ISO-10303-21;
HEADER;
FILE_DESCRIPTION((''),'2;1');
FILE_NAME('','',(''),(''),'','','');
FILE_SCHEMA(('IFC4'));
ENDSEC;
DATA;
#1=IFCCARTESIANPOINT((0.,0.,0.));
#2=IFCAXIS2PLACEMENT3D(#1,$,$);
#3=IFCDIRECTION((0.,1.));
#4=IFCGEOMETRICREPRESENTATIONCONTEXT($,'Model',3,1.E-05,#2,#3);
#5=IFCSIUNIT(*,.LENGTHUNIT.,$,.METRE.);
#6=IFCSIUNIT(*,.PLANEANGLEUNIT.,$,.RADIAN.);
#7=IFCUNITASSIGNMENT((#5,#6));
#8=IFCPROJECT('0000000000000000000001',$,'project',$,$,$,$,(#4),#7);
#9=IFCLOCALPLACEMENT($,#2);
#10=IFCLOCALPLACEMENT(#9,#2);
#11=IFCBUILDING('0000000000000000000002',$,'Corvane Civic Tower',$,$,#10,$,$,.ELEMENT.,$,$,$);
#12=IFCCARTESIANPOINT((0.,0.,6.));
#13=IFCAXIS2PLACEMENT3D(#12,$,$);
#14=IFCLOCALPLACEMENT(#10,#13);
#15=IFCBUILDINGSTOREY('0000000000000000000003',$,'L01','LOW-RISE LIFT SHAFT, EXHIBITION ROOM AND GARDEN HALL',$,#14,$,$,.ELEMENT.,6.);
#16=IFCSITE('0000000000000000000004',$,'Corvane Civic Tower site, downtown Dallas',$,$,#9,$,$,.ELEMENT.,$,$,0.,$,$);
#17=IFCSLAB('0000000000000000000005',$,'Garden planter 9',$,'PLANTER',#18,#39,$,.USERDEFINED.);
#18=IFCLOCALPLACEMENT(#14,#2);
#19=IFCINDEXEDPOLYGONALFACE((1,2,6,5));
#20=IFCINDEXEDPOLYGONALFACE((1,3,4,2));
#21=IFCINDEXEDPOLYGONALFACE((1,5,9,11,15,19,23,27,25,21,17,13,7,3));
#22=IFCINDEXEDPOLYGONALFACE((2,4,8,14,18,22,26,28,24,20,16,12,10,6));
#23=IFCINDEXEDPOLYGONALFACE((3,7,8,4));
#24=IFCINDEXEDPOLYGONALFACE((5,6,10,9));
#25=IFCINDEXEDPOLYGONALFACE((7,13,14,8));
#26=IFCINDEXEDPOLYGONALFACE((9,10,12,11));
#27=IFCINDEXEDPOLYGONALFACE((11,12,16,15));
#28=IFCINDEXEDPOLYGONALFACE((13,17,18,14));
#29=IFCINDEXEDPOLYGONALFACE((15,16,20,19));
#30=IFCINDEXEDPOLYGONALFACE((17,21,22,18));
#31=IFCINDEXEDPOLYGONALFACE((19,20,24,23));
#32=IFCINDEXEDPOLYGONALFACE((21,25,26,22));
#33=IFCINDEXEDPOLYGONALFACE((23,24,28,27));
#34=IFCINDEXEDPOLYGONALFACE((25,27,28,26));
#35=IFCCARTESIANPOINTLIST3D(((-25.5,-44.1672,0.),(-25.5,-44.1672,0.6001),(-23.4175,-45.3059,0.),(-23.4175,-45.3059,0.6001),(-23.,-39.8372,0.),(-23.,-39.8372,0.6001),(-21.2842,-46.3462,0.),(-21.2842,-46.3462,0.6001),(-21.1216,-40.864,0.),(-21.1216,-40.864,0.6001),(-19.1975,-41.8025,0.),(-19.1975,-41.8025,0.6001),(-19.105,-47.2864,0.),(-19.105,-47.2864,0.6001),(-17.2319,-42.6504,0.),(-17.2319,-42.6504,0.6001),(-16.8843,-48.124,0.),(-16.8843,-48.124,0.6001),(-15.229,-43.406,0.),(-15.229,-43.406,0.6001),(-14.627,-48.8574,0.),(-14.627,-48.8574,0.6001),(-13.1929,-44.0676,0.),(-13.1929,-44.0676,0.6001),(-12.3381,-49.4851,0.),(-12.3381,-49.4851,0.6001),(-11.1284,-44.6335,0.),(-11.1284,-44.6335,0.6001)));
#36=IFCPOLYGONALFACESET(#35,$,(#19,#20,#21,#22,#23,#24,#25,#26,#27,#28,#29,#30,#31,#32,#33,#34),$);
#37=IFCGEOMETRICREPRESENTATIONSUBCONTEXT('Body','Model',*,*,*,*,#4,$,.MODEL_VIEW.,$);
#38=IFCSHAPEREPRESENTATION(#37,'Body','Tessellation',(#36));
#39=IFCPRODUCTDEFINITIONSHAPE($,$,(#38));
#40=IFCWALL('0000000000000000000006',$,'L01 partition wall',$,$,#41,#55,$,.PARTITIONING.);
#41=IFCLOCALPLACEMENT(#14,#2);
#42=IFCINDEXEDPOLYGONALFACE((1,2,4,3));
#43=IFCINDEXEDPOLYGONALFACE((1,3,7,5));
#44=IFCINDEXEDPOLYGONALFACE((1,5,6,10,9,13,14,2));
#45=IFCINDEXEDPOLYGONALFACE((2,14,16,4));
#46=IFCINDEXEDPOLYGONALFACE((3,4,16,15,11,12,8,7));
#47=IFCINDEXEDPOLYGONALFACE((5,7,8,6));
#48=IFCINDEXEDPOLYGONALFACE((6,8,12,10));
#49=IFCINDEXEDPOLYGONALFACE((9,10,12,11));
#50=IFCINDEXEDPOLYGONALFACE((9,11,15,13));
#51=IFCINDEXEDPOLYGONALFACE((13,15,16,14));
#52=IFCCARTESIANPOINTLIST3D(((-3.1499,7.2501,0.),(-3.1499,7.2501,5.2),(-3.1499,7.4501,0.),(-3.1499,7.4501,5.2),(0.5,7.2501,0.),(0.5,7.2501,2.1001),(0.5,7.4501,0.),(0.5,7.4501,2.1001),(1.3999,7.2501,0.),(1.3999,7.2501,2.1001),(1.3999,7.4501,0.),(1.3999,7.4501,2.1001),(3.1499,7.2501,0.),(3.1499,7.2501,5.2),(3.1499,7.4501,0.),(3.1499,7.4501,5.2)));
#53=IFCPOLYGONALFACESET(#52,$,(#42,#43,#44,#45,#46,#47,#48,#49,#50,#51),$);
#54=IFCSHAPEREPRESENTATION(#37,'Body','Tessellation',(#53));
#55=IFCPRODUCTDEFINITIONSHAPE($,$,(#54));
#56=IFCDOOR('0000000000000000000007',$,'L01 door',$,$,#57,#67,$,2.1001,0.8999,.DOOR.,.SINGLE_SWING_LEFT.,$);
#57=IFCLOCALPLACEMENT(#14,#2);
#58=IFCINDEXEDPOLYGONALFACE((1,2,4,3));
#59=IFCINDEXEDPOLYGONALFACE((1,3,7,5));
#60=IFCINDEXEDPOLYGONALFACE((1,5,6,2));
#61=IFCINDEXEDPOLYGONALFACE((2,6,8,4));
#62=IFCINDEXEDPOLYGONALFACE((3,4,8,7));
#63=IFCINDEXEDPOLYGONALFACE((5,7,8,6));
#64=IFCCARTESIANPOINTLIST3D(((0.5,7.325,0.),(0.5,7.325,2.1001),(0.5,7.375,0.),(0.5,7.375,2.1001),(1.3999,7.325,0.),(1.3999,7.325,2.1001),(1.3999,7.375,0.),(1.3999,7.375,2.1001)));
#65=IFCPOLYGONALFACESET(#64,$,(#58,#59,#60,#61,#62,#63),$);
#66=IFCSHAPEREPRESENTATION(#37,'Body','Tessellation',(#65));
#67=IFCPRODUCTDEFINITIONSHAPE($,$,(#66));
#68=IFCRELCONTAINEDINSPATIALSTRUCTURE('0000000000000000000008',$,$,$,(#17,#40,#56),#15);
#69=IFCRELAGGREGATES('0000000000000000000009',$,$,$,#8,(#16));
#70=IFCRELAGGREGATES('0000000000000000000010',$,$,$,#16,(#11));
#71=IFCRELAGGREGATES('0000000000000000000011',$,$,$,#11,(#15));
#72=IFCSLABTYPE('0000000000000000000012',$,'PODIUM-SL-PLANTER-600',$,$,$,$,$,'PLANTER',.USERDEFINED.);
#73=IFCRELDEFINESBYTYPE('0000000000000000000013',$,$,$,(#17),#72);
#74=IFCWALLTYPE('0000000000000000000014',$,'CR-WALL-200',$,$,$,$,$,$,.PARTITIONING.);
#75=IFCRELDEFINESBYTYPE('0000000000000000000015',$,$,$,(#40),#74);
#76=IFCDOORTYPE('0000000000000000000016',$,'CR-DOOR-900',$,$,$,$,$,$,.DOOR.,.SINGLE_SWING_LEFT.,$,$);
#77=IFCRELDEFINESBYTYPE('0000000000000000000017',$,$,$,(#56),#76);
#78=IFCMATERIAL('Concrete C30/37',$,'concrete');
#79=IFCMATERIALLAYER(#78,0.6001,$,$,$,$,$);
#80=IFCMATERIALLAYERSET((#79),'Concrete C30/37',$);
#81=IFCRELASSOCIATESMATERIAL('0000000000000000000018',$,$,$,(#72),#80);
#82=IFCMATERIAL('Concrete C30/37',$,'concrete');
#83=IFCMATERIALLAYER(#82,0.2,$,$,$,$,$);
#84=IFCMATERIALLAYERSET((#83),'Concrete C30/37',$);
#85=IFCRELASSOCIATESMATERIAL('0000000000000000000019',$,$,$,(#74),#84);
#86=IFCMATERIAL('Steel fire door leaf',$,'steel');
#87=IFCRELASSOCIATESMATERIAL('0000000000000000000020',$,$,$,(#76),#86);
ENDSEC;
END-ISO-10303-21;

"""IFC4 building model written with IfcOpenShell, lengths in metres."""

from ifc_helpers import new_model, si_unit, direction, frame, frame_2d, origin, place, context, subcontext, project, spatial, polyline, rectangle, outline, extrude, material, layer, layer_set, type_object, element, fill, save


model = new_model("IFC4")

# Units and contexts
model_context = context("Model", 3, precision=1e-05, world=origin(), true_north=direction((0.0, 1.0)))
body_context = subcontext(model_context, "Body", "Model", "MODEL_VIEW")
ifc_project = project(units=[si_unit("LENGTHUNIT", "METRE"), si_unit("PLANEANGLEUNIT", "RADIAN")], contexts=[model_context])

# Site, building, storey
site_placement = place(None, origin())
site = spatial("IfcSite", under=ifc_project, at=site_placement, Name="Corvane Civic Tower site, downtown Dallas", CompositionType="ELEMENT", RefElevation=0.0)
building_placement = place(site_placement, origin())
building = spatial("IfcBuilding", under=site, at=building_placement, Name="Corvane Civic Tower", CompositionType="ELEMENT")
storey_placement = place(building_placement, frame((0.0, 0.0, 6.0)))
storey = spatial("IfcBuildingStorey", under=building, at=storey_placement, Name="L01", Description="LOW-RISE LIFT SHAFT, EXHIBITION ROOM AND GARDEN HALL", CompositionType="ELEMENT", Elevation=6.0)

# Slab
ifc_material_1 = material(Name="Concrete C30/37", Category="concrete")
ifc_layer_1 = layer(ifc_material_1, 0.6001)
ifc_layer_set_1 = layer_set([ifc_layer_1], Name="Concrete C30/37")
slab_type = type_object("IfcSlabType", Name="PODIUM-SL-PLANTER-600", ElementType="PLANTER", PredefinedType="USERDEFINED", material=ifc_layer_set_1)
slab_1_placement = place(storey_placement, origin())
element("IfcSlab", 1, at=slab_1_placement, inside=storey, type_object=slab_type, Name="Garden planter 9", ObjectType="PLANTER", PredefinedType="USERDEFINED", context=body_context, shape_type="SweptSolid", body=[
    extrude(outline(polyline([(-25.5, -44.1672), (-23.4175, -45.3059), (-21.2842, -46.3462), (-19.105, -47.2864), (-16.8843, -48.124), (-14.627, -48.8574), (-12.3381, -49.4851), (-11.1284, -44.6335), (-13.1929, -44.0676), (-15.229, -43.406), (-17.2319, -42.6504), (-19.1975, -41.8025), (-21.1216, -40.864), (-23.0, -39.8372), (-25.5, -44.1672)])), origin(), (0.0, 0.0, 1.0), 0.6001),
])

# Wall, opening, door
ifc_material_2 = material(Name="Concrete C30/37", Category="concrete")
ifc_layer_2 = layer(ifc_material_2, 0.2)
ifc_layer_set_2 = layer_set([ifc_layer_2], Name="Concrete C30/37")
wall_type = type_object("IfcWallType", Name="CR-WALL-200", PredefinedType="PARTITIONING", material=ifc_layer_set_2)
wall_placement = place(storey_placement, frame((-3.1499, 7.3501, 0.0), z_axis=(0.0, 0.0, 1.0), x_axis=(1.0, 0.0, 0.0)))
wall = element("IfcWall", 2, at=wall_placement, inside=storey, type_object=wall_type, Name="L01 partition wall", PredefinedType="PARTITIONING", context=body_context, shape_type="SweptSolid", body=[
    extrude(rectangle(XDim=6.2998, YDim=0.2, at=frame_2d((3.1499, 0.0))), origin(), (0.0, 0.0, 1.0), 5.2),
])
opening_placement = place(wall_placement, frame((3.6499, 0.0, 0.0)))
opening = element("IfcOpeningElement", 3, at=opening_placement, cuts=wall, PredefinedType="OPENING", context=body_context, shape_type="SweptSolid", body=[
    extrude(rectangle(XDim=0.8999, YDim=2.1001, at=frame_2d((0.45, 1.05))), frame((0.0, 0.1099, 0.0), z_axis=(0.0, -1.0, 0.0), x_axis=(1.0, 0.0, 0.0)), (0.0, 0.0, 1.0), 0.22),
])
ifc_material_3 = material(Name="Steel fire door leaf", Category="steel")
door_type = type_object("IfcDoorType", Name="CR-DOOR-900", OperationType="SINGLE_SWING_LEFT", PredefinedType="DOOR", material=ifc_material_3)
door_placement = place(opening_placement, origin())
door = element("IfcDoor", 4, at=door_placement, inside=storey, type_object=door_type, Name="L01 door", OperationType="SINGLE_SWING_LEFT", OverallHeight=2.1001, OverallWidth=0.8999, PredefinedType="DOOR", context=body_context, shape_type="SweptSolid", body=[
    extrude(rectangle(XDim=0.8999, YDim=2.1001, at=frame_2d((0.45, 1.05))), frame((0.0, 0.0249, 0.0), z_axis=(0.0, -1.0, 0.0), x_axis=(1.0, 0.0, 0.0)), (0.0, 0.0, 1.0), 0.05),
])
fill(opening, door)

save(model, "model.ifc")
